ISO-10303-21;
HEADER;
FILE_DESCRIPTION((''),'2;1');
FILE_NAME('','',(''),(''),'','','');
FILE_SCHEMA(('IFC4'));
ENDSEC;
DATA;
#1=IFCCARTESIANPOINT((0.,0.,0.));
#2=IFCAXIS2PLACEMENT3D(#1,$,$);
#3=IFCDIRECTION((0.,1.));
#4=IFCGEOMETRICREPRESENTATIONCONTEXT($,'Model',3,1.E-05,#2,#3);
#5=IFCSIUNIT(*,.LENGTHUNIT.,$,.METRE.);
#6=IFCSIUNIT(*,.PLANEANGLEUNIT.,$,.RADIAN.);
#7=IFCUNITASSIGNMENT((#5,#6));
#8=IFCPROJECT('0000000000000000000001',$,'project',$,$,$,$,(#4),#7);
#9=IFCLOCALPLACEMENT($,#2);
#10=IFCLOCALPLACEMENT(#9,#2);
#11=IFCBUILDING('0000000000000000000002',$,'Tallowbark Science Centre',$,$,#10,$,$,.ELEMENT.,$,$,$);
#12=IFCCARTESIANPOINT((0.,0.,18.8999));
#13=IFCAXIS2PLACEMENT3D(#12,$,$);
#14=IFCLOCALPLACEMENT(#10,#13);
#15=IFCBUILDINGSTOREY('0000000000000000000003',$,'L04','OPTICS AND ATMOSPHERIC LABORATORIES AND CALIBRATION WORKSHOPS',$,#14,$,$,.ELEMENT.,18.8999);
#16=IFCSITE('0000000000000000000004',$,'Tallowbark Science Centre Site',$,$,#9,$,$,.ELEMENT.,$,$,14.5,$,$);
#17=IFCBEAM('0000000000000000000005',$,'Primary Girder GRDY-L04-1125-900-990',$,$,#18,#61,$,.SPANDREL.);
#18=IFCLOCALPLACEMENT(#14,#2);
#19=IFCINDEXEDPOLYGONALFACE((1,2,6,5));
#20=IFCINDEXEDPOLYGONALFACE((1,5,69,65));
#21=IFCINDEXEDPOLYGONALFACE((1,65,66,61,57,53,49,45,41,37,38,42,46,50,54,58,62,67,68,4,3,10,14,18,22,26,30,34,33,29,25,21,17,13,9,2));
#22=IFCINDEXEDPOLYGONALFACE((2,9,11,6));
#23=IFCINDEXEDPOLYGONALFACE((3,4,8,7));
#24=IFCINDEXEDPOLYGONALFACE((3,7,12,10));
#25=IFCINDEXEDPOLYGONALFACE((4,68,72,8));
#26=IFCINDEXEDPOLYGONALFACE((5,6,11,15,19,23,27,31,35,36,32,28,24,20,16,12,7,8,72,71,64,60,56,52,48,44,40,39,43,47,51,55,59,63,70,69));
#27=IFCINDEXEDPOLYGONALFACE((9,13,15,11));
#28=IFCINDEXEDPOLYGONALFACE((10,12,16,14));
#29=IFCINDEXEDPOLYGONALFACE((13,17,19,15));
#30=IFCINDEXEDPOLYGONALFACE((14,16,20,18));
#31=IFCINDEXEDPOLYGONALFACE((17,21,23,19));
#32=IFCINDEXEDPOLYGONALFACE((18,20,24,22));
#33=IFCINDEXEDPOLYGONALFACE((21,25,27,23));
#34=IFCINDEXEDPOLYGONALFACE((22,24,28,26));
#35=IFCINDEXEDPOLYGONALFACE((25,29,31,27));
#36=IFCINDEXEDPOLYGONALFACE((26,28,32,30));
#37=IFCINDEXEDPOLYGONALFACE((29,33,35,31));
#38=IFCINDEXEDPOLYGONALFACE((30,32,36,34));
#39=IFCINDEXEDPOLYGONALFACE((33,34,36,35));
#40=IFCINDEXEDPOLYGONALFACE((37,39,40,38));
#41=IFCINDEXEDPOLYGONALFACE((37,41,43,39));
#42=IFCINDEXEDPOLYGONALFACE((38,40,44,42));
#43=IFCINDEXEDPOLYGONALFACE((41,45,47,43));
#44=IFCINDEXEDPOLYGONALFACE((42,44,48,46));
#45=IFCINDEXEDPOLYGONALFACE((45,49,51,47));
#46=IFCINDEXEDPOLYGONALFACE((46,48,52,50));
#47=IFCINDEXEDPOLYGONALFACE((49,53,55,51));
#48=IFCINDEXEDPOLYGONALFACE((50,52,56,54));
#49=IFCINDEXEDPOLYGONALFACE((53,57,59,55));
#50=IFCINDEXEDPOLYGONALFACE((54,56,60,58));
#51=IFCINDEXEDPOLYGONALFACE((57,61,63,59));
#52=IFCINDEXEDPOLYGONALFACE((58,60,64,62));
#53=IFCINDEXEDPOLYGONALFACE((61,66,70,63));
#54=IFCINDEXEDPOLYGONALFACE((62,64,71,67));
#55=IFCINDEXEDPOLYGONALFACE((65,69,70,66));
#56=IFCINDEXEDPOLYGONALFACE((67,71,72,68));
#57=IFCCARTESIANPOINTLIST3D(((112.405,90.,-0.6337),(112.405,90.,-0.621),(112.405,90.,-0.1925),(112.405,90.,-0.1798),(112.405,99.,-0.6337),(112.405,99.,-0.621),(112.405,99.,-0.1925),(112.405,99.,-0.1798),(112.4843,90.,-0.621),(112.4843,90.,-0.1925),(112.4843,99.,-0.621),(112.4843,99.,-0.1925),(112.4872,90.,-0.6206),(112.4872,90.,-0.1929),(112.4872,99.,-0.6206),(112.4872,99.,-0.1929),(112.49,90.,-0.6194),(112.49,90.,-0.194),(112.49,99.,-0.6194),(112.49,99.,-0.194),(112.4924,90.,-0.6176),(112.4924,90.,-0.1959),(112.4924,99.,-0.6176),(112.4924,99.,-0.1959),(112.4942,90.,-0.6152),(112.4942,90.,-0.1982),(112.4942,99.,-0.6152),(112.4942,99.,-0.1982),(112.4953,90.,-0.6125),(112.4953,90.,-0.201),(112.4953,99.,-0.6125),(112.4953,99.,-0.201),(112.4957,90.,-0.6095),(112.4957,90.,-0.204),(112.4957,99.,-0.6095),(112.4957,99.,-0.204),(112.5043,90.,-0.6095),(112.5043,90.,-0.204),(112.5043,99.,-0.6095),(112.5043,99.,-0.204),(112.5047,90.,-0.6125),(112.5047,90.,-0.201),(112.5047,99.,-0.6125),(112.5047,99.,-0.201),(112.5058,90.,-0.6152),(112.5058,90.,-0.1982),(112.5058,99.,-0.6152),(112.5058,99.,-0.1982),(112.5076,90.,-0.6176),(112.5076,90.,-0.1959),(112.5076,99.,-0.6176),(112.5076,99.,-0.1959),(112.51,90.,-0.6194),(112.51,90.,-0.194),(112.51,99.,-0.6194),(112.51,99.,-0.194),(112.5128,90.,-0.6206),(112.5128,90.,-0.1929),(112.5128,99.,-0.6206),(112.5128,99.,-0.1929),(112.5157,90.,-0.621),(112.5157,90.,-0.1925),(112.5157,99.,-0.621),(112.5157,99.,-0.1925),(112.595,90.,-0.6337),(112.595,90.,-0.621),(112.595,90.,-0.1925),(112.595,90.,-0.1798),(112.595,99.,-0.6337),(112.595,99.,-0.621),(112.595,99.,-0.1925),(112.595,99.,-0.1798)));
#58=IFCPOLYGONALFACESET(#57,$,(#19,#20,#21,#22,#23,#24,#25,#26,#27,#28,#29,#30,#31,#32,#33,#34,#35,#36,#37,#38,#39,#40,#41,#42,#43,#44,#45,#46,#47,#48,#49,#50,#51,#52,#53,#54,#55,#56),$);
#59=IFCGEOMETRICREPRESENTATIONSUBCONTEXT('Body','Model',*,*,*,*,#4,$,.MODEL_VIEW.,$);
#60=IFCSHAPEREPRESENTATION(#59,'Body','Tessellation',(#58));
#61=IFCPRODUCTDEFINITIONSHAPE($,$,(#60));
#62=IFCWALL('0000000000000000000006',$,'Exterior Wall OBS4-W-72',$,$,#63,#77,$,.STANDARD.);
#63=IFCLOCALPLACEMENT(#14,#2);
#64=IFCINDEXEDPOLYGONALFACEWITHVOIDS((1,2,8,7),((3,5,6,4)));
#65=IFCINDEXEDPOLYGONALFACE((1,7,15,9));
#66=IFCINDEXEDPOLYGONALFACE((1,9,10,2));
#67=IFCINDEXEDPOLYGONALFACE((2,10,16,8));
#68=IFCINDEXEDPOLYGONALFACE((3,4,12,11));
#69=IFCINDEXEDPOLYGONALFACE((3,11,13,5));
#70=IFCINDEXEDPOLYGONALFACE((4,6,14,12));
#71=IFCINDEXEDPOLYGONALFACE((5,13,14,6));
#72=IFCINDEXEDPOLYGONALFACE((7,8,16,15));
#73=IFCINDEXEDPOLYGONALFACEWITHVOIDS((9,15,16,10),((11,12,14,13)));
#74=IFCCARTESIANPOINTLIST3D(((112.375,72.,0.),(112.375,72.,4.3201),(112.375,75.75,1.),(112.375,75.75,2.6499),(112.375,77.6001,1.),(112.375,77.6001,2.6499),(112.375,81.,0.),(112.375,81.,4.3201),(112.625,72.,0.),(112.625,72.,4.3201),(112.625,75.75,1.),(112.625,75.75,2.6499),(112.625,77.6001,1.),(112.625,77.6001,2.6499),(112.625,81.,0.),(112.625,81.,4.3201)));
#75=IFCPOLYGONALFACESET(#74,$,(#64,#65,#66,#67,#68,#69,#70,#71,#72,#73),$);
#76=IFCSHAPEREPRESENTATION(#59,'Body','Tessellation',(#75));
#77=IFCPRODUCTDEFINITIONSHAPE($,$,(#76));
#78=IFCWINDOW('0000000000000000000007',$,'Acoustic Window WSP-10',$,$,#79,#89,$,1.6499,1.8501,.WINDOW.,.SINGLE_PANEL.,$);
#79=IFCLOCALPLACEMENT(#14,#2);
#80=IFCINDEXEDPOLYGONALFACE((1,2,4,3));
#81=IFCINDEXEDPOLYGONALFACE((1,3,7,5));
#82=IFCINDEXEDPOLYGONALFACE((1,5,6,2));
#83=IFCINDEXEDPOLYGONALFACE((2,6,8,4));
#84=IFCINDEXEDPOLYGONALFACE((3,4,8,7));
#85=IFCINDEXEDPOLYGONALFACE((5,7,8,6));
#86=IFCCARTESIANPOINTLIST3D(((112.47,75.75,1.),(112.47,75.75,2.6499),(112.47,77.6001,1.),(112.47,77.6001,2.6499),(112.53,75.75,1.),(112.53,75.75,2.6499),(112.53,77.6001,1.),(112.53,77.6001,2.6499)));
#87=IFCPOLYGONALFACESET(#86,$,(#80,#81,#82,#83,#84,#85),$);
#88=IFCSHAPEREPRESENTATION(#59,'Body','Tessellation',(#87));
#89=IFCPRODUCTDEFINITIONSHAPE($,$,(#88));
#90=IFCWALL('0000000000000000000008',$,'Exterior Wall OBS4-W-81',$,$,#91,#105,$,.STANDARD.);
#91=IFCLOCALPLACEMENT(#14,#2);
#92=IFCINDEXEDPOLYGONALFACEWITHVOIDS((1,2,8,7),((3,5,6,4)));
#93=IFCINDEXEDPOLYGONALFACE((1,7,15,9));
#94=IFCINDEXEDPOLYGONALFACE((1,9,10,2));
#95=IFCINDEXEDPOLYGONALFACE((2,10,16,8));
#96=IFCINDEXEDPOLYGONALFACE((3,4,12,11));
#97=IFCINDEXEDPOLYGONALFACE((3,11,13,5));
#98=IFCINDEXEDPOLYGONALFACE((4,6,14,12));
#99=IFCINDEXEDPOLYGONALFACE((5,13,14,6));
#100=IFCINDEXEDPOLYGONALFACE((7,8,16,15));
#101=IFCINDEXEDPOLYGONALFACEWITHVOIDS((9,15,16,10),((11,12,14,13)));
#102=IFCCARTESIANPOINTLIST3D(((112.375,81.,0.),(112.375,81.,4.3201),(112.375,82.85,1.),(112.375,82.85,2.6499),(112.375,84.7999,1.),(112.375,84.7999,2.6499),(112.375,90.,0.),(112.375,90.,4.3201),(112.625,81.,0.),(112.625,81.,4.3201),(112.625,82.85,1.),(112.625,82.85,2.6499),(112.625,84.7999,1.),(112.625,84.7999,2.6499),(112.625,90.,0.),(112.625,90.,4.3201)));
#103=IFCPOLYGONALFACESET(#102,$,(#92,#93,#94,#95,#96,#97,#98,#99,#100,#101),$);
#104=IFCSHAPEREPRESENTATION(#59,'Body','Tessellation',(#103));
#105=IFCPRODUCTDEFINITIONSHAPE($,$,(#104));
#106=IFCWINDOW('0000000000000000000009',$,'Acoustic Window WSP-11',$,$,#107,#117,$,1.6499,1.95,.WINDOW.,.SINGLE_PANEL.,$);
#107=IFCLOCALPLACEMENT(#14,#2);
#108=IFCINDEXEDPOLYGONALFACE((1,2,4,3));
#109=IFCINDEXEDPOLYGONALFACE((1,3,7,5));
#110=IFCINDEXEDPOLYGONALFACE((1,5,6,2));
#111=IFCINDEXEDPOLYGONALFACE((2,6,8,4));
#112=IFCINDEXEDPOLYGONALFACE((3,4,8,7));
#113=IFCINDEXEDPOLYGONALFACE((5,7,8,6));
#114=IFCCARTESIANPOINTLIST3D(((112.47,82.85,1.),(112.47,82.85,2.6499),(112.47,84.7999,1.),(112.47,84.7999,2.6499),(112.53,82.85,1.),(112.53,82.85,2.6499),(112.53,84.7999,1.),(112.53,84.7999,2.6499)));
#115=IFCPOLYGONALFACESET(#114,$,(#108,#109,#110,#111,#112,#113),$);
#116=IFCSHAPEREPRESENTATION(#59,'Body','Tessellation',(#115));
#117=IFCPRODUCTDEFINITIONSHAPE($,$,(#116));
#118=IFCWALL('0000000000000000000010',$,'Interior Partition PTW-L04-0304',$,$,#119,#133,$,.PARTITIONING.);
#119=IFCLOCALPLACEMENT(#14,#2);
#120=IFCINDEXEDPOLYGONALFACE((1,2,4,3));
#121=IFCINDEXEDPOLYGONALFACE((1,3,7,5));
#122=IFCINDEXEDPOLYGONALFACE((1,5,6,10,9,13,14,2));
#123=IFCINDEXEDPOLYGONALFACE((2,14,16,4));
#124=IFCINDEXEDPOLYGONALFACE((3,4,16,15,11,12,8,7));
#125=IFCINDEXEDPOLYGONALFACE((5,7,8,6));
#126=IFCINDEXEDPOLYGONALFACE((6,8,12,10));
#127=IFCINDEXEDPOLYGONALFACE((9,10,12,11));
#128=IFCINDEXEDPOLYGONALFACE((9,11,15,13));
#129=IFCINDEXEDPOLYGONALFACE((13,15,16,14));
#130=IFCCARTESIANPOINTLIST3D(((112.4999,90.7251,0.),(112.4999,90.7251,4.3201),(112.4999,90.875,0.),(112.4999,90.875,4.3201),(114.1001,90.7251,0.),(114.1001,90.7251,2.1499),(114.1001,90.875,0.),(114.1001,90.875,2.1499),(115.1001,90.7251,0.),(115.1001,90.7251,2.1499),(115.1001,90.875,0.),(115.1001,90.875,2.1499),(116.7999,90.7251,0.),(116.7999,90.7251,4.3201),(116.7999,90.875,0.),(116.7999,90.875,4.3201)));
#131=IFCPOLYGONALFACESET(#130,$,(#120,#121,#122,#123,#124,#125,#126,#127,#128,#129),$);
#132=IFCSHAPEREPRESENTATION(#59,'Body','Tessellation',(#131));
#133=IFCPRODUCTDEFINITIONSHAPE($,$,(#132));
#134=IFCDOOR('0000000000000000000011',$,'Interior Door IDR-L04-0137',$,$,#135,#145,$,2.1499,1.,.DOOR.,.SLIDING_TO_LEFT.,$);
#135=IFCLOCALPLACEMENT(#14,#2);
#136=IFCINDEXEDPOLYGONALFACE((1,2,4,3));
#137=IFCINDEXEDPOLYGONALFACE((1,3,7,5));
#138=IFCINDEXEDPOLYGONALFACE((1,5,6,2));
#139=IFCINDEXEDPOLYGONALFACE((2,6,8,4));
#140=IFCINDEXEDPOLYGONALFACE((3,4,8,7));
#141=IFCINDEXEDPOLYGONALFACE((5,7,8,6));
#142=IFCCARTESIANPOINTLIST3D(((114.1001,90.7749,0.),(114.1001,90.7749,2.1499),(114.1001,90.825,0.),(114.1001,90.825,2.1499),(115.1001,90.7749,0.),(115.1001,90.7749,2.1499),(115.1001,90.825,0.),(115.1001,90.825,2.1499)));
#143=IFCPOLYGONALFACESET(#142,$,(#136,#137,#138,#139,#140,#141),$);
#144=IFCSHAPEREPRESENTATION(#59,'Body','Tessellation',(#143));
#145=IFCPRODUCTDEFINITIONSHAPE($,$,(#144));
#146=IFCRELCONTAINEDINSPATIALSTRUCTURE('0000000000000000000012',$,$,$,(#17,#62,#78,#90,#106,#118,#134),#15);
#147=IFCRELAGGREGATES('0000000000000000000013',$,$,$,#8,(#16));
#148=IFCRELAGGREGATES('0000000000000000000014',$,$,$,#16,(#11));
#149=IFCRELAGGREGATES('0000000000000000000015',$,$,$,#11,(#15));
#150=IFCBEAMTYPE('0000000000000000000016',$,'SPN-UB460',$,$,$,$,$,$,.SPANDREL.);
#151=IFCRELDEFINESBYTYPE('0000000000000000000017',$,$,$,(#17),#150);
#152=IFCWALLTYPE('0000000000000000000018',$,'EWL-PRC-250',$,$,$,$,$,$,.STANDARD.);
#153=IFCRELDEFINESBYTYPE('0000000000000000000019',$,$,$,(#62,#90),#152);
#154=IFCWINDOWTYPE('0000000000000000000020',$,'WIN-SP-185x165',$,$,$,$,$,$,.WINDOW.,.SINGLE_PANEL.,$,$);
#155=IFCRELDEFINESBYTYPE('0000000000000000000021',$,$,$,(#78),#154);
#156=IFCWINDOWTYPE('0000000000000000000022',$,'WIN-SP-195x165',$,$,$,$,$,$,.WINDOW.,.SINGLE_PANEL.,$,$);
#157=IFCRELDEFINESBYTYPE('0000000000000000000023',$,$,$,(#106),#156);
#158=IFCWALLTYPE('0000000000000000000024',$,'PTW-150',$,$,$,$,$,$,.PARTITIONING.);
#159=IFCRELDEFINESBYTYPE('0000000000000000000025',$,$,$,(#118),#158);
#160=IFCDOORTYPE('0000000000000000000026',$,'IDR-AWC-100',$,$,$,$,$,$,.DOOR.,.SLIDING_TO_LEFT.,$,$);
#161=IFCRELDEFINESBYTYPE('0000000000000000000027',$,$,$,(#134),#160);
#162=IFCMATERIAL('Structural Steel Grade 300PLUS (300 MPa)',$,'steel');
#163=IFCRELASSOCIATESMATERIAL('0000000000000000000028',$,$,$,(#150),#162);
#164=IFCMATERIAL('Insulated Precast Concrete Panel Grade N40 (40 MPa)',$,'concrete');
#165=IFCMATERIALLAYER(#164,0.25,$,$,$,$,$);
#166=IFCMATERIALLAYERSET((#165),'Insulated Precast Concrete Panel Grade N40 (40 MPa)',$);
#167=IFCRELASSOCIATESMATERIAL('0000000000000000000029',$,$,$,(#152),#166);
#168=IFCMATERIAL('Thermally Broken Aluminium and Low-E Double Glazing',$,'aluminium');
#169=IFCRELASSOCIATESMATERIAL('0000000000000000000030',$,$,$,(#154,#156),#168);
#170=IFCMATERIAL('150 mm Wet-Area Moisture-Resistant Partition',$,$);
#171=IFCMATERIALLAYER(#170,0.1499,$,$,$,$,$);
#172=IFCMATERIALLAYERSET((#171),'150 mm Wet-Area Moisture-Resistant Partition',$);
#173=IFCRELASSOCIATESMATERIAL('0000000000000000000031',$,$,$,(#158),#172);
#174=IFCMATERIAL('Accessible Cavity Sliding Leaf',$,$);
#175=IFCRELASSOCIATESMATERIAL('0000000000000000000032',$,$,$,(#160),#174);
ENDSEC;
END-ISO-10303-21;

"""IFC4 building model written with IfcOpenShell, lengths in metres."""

from ifc_helpers import new_model, si_unit, direction, frame, frame_2d, origin, origin_2d, place, context, subcontext, project, spatial, rectangle, i_section, extrude, material, layer, layer_set, material_profile, profile_set, type_object, element, fill, save


model = new_model("IFC4")

# Units and contexts
model_context = context("Model", 3, precision=1e-05, world=origin(), true_north=direction((0.0, 1.0)))
body_context = subcontext(model_context, "Body", "Model", "MODEL_VIEW")
ifc_project = project(units=[si_unit("LENGTHUNIT", "METRE"), si_unit("PLANEANGLEUNIT", "RADIAN")], contexts=[model_context])

# Site, building, storey
site_placement = place(None, origin())
site = spatial("IfcSite", under=ifc_project, at=site_placement, Name="Tallowbark Science Centre Site", CompositionType="ELEMENT", RefElevation=14.5)
building_placement = place(site_placement, origin())
building = spatial("IfcBuilding", under=site, at=building_placement, Name="Tallowbark Science Centre", CompositionType="ELEMENT")
storey_placement = place(building_placement, frame((0.0, 0.0, 18.8999)))
storey = spatial("IfcBuildingStorey", under=building, at=storey_placement, Name="L04", Description="OPTICS AND ATMOSPHERIC LABORATORIES AND CALIBRATION WORKSHOPS", CompositionType="ELEMENT", Elevation=18.8999)

# Beam
ifc_material_1 = material(Name="Structural Steel Grade 300PLUS (300 MPa)", Category="steel")
ifc_material_profile_1 = material_profile(ifc_material_1, i_section(OverallWidth=0.1899, OverallDepth=0.4539, WebThickness=0.0085, FlangeThickness=0.0127, FilletRadius=0.0115, at=origin_2d()), Name="460UB67.1")
ifc_profile_set_1 = profile_set([ifc_material_profile_1], Name="Structural Steel Grade 300PLUS (300 MPa)")
beam_type_1 = type_object("IfcBeamType", Name="SPN-UB460", PredefinedType="SPANDREL", material=ifc_profile_set_1)
for number, where, z_axis, x_axis, name in (
    (1, (112.5, 90.0, -0.4067), (0.0, 1.0, 0.0), (-1.0, 0.0, 0.0), "Primary Girder GRDY-L04-1125-900-990"),
):
    element("IfcBeam", number, at=place(storey_placement, frame(where, z_axis=z_axis, x_axis=x_axis)), inside=storey, type_object=beam_type_1, Name=name, PredefinedType="SPANDREL", context=body_context, shape_type="SweptSolid", body=[
        extrude(i_section(OverallWidth=0.1899, OverallDepth=0.4539, WebThickness=0.0085, FlangeThickness=0.0127, FilletRadius=0.0115, at=origin_2d()), origin(), (0.0, 0.0, 1.0), 9.0),
    ])

# Walls, openings, windows
ifc_material_2 = material(Name="Insulated Precast Concrete Panel Grade N40 (40 MPa)", Category="concrete")
ifc_layer_1 = layer(ifc_material_2, 0.25)
ifc_layer_set_1 = layer_set([ifc_layer_1], Name="Insulated Precast Concrete Panel Grade N40 (40 MPa)")
wall_type_1 = type_object("IfcWallType", Name="EWL-PRC-250", PredefinedType="STANDARD", material=ifc_layer_set_1)
wall_1_placement = place(storey_placement, frame((112.5, 81.0, 0.0), z_axis=(0.0, 0.0, 1.0), x_axis=(0.0, -1.0, 0.0)))
wall_1 = element("IfcWall", 2, at=wall_1_placement, inside=storey, type_object=wall_type_1, Name="Exterior Wall OBS4-W-72", PredefinedType="STANDARD", context=body_context, shape_type="SweptSolid", body=[
    extrude(rectangle(XDim=9.0, YDim=0.25, at=frame_2d((4.5, 0.0))), origin(), (0.0, 0.0, 1.0), 4.3201),
])
opening_1_placement = place(wall_1_placement, frame((3.3999, 0.0, 1.0)))
opening_1 = element("IfcOpeningElement", 3, at=opening_1_placement, cuts=wall_1, PredefinedType="OPENING", context=body_context, shape_type="SweptSolid", body=[
    extrude(rectangle(XDim=1.8501, YDim=1.6499, at=frame_2d((0.925, 0.825))), frame((0.0, 0.135, 0.0), z_axis=(0.0, -1.0, 0.0), x_axis=(1.0, 0.0, 0.0)), (0.0, 0.0, 1.0), 0.27),
])
ifc_material_3 = material(Name="Thermally Broken Aluminium and Low-E Double Glazing", Category="aluminium")
window_type_1 = type_object("IfcWindowType", Name="WIN-SP-185x165", PartitioningType="SINGLE_PANEL", PredefinedType="WINDOW", material=ifc_material_3)
window_1_placement = place(opening_1_placement, origin())
window_1 = element("IfcWindow", 4, at=window_1_placement, inside=storey, type_object=window_type_1, Name="Acoustic Window WSP-10", OverallHeight=1.6499, OverallWidth=1.8501, PartitioningType="SINGLE_PANEL", PredefinedType="WINDOW", context=body_context, shape_type="SweptSolid", body=[
    extrude(rectangle(XDim=1.8501, YDim=1.6499, at=frame_2d((0.925, 0.825))), frame((0.0, 0.03, 0.0), z_axis=(0.0, -1.0, 0.0), x_axis=(1.0, 0.0, 0.0)), (0.0, 0.0, 1.0), 0.0601),
])
fill(opening_1, window_1)
wall_2_placement = place(storey_placement, frame((112.5, 90.0, 0.0), z_axis=(0.0, 0.0, 1.0), x_axis=(0.0, -1.0, 0.0)))
wall_2 = element("IfcWall", 5, at=wall_2_placement, inside=storey, type_object=wall_type_1, Name="Exterior Wall OBS4-W-81", PredefinedType="STANDARD", context=body_context, shape_type="SweptSolid", body=[
    extrude(rectangle(XDim=9.0, YDim=0.25, at=frame_2d((4.5, 0.0))), origin(), (0.0, 0.0, 1.0), 4.3201),
])
opening_2_placement = place(wall_2_placement, frame((5.2, 0.0, 1.0)))
opening_2 = element("IfcOpeningElement", 6, at=opening_2_placement, cuts=wall_2, PredefinedType="OPENING", context=body_context, shape_type="SweptSolid", body=[
    extrude(rectangle(XDim=1.95, YDim=1.6499, at=frame_2d((0.9751, 0.825))), frame((0.0, 0.135, 0.0), z_axis=(0.0, -1.0, 0.0), x_axis=(1.0, 0.0, 0.0)), (0.0, 0.0, 1.0), 0.27),
])
window_type_2 = type_object("IfcWindowType", Name="WIN-SP-195x165", PartitioningType="SINGLE_PANEL", PredefinedType="WINDOW", material=ifc_material_3)
window_2_placement = place(opening_2_placement, origin())
window_2 = element("IfcWindow", 7, at=window_2_placement, inside=storey, type_object=window_type_2, Name="Acoustic Window WSP-11", OverallHeight=1.6499, OverallWidth=1.95, PartitioningType="SINGLE_PANEL", PredefinedType="WINDOW", context=body_context, shape_type="SweptSolid", body=[
    extrude(rectangle(XDim=1.95, YDim=1.6499, at=frame_2d((0.9751, 0.825))), frame((0.0, 0.03, 0.0), z_axis=(0.0, -1.0, 0.0), x_axis=(1.0, 0.0, 0.0)), (0.0, 0.0, 1.0), 0.0601),
])
fill(opening_2, window_2)

# Wall, opening, door
ifc_material_4 = material(Name="150 mm Wet-Area Moisture-Resistant Partition")
ifc_layer_2 = layer(ifc_material_4, 0.1499)
ifc_layer_set_2 = layer_set([ifc_layer_2], Name="150 mm Wet-Area Moisture-Resistant Partition")
wall_type_2 = type_object("IfcWallType", Name="PTW-150", PredefinedType="PARTITIONING", material=ifc_layer_set_2)
wall_3_placement = place(storey_placement, frame((112.5, 90.8, 0.0), z_axis=(0.0, 0.0, 1.0), x_axis=(1.0, 0.0, 0.0)))
wall_3 = element("IfcWall", 8, at=wall_3_placement, inside=storey, type_object=wall_type_2, Name="Interior Partition PTW-L04-0304", PredefinedType="PARTITIONING", context=body_context, shape_type="SweptSolid", body=[
    extrude(rectangle(XDim=4.3, YDim=0.1499, at=frame_2d((2.1499, 0.0))), origin(), (0.0, 0.0, 1.0), 4.3201),
])
opening_3_placement = place(wall_3_placement, frame((1.6001, 0.0, 0.0)))
opening_3 = element("IfcOpeningElement", 9, at=opening_3_placement, cuts=wall_3, PredefinedType="OPENING", context=body_context, shape_type="SweptSolid", body=[
    extrude(rectangle(XDim=1.0, YDim=2.1499, at=frame_2d((0.5, 1.075))), frame((0.0, 0.085, 0.0), z_axis=(0.0, -1.0, 0.0), x_axis=(1.0, 0.0, 0.0)), (0.0, 0.0, 1.0), 0.1699),
])
ifc_material_5 = material(Name="Accessible Cavity Sliding Leaf")
door_type_1 = type_object("IfcDoorType", Name="IDR-AWC-100", OperationType="SLIDING_TO_LEFT", PredefinedType="DOOR", material=ifc_material_5)
door_1_placement = place(opening_3_placement, origin())
door_1 = element("IfcDoor", 10, at=door_1_placement, inside=storey, type_object=door_type_1, Name="Interior Door IDR-L04-0137", OperationType="SLIDING_TO_LEFT", OverallHeight=2.1499, OverallWidth=1.0, PredefinedType="DOOR", context=body_context, shape_type="SweptSolid", body=[
    extrude(rectangle(XDim=1.0, YDim=2.1499, at=frame_2d((0.5, 1.075))), frame((0.0, 0.0249, 0.0), z_axis=(0.0, -1.0, 0.0), x_axis=(1.0, 0.0, 0.0)), (0.0, 0.0, 1.0), 0.05),
])
fill(opening_3, door_1)

save(model, "model.ifc")
